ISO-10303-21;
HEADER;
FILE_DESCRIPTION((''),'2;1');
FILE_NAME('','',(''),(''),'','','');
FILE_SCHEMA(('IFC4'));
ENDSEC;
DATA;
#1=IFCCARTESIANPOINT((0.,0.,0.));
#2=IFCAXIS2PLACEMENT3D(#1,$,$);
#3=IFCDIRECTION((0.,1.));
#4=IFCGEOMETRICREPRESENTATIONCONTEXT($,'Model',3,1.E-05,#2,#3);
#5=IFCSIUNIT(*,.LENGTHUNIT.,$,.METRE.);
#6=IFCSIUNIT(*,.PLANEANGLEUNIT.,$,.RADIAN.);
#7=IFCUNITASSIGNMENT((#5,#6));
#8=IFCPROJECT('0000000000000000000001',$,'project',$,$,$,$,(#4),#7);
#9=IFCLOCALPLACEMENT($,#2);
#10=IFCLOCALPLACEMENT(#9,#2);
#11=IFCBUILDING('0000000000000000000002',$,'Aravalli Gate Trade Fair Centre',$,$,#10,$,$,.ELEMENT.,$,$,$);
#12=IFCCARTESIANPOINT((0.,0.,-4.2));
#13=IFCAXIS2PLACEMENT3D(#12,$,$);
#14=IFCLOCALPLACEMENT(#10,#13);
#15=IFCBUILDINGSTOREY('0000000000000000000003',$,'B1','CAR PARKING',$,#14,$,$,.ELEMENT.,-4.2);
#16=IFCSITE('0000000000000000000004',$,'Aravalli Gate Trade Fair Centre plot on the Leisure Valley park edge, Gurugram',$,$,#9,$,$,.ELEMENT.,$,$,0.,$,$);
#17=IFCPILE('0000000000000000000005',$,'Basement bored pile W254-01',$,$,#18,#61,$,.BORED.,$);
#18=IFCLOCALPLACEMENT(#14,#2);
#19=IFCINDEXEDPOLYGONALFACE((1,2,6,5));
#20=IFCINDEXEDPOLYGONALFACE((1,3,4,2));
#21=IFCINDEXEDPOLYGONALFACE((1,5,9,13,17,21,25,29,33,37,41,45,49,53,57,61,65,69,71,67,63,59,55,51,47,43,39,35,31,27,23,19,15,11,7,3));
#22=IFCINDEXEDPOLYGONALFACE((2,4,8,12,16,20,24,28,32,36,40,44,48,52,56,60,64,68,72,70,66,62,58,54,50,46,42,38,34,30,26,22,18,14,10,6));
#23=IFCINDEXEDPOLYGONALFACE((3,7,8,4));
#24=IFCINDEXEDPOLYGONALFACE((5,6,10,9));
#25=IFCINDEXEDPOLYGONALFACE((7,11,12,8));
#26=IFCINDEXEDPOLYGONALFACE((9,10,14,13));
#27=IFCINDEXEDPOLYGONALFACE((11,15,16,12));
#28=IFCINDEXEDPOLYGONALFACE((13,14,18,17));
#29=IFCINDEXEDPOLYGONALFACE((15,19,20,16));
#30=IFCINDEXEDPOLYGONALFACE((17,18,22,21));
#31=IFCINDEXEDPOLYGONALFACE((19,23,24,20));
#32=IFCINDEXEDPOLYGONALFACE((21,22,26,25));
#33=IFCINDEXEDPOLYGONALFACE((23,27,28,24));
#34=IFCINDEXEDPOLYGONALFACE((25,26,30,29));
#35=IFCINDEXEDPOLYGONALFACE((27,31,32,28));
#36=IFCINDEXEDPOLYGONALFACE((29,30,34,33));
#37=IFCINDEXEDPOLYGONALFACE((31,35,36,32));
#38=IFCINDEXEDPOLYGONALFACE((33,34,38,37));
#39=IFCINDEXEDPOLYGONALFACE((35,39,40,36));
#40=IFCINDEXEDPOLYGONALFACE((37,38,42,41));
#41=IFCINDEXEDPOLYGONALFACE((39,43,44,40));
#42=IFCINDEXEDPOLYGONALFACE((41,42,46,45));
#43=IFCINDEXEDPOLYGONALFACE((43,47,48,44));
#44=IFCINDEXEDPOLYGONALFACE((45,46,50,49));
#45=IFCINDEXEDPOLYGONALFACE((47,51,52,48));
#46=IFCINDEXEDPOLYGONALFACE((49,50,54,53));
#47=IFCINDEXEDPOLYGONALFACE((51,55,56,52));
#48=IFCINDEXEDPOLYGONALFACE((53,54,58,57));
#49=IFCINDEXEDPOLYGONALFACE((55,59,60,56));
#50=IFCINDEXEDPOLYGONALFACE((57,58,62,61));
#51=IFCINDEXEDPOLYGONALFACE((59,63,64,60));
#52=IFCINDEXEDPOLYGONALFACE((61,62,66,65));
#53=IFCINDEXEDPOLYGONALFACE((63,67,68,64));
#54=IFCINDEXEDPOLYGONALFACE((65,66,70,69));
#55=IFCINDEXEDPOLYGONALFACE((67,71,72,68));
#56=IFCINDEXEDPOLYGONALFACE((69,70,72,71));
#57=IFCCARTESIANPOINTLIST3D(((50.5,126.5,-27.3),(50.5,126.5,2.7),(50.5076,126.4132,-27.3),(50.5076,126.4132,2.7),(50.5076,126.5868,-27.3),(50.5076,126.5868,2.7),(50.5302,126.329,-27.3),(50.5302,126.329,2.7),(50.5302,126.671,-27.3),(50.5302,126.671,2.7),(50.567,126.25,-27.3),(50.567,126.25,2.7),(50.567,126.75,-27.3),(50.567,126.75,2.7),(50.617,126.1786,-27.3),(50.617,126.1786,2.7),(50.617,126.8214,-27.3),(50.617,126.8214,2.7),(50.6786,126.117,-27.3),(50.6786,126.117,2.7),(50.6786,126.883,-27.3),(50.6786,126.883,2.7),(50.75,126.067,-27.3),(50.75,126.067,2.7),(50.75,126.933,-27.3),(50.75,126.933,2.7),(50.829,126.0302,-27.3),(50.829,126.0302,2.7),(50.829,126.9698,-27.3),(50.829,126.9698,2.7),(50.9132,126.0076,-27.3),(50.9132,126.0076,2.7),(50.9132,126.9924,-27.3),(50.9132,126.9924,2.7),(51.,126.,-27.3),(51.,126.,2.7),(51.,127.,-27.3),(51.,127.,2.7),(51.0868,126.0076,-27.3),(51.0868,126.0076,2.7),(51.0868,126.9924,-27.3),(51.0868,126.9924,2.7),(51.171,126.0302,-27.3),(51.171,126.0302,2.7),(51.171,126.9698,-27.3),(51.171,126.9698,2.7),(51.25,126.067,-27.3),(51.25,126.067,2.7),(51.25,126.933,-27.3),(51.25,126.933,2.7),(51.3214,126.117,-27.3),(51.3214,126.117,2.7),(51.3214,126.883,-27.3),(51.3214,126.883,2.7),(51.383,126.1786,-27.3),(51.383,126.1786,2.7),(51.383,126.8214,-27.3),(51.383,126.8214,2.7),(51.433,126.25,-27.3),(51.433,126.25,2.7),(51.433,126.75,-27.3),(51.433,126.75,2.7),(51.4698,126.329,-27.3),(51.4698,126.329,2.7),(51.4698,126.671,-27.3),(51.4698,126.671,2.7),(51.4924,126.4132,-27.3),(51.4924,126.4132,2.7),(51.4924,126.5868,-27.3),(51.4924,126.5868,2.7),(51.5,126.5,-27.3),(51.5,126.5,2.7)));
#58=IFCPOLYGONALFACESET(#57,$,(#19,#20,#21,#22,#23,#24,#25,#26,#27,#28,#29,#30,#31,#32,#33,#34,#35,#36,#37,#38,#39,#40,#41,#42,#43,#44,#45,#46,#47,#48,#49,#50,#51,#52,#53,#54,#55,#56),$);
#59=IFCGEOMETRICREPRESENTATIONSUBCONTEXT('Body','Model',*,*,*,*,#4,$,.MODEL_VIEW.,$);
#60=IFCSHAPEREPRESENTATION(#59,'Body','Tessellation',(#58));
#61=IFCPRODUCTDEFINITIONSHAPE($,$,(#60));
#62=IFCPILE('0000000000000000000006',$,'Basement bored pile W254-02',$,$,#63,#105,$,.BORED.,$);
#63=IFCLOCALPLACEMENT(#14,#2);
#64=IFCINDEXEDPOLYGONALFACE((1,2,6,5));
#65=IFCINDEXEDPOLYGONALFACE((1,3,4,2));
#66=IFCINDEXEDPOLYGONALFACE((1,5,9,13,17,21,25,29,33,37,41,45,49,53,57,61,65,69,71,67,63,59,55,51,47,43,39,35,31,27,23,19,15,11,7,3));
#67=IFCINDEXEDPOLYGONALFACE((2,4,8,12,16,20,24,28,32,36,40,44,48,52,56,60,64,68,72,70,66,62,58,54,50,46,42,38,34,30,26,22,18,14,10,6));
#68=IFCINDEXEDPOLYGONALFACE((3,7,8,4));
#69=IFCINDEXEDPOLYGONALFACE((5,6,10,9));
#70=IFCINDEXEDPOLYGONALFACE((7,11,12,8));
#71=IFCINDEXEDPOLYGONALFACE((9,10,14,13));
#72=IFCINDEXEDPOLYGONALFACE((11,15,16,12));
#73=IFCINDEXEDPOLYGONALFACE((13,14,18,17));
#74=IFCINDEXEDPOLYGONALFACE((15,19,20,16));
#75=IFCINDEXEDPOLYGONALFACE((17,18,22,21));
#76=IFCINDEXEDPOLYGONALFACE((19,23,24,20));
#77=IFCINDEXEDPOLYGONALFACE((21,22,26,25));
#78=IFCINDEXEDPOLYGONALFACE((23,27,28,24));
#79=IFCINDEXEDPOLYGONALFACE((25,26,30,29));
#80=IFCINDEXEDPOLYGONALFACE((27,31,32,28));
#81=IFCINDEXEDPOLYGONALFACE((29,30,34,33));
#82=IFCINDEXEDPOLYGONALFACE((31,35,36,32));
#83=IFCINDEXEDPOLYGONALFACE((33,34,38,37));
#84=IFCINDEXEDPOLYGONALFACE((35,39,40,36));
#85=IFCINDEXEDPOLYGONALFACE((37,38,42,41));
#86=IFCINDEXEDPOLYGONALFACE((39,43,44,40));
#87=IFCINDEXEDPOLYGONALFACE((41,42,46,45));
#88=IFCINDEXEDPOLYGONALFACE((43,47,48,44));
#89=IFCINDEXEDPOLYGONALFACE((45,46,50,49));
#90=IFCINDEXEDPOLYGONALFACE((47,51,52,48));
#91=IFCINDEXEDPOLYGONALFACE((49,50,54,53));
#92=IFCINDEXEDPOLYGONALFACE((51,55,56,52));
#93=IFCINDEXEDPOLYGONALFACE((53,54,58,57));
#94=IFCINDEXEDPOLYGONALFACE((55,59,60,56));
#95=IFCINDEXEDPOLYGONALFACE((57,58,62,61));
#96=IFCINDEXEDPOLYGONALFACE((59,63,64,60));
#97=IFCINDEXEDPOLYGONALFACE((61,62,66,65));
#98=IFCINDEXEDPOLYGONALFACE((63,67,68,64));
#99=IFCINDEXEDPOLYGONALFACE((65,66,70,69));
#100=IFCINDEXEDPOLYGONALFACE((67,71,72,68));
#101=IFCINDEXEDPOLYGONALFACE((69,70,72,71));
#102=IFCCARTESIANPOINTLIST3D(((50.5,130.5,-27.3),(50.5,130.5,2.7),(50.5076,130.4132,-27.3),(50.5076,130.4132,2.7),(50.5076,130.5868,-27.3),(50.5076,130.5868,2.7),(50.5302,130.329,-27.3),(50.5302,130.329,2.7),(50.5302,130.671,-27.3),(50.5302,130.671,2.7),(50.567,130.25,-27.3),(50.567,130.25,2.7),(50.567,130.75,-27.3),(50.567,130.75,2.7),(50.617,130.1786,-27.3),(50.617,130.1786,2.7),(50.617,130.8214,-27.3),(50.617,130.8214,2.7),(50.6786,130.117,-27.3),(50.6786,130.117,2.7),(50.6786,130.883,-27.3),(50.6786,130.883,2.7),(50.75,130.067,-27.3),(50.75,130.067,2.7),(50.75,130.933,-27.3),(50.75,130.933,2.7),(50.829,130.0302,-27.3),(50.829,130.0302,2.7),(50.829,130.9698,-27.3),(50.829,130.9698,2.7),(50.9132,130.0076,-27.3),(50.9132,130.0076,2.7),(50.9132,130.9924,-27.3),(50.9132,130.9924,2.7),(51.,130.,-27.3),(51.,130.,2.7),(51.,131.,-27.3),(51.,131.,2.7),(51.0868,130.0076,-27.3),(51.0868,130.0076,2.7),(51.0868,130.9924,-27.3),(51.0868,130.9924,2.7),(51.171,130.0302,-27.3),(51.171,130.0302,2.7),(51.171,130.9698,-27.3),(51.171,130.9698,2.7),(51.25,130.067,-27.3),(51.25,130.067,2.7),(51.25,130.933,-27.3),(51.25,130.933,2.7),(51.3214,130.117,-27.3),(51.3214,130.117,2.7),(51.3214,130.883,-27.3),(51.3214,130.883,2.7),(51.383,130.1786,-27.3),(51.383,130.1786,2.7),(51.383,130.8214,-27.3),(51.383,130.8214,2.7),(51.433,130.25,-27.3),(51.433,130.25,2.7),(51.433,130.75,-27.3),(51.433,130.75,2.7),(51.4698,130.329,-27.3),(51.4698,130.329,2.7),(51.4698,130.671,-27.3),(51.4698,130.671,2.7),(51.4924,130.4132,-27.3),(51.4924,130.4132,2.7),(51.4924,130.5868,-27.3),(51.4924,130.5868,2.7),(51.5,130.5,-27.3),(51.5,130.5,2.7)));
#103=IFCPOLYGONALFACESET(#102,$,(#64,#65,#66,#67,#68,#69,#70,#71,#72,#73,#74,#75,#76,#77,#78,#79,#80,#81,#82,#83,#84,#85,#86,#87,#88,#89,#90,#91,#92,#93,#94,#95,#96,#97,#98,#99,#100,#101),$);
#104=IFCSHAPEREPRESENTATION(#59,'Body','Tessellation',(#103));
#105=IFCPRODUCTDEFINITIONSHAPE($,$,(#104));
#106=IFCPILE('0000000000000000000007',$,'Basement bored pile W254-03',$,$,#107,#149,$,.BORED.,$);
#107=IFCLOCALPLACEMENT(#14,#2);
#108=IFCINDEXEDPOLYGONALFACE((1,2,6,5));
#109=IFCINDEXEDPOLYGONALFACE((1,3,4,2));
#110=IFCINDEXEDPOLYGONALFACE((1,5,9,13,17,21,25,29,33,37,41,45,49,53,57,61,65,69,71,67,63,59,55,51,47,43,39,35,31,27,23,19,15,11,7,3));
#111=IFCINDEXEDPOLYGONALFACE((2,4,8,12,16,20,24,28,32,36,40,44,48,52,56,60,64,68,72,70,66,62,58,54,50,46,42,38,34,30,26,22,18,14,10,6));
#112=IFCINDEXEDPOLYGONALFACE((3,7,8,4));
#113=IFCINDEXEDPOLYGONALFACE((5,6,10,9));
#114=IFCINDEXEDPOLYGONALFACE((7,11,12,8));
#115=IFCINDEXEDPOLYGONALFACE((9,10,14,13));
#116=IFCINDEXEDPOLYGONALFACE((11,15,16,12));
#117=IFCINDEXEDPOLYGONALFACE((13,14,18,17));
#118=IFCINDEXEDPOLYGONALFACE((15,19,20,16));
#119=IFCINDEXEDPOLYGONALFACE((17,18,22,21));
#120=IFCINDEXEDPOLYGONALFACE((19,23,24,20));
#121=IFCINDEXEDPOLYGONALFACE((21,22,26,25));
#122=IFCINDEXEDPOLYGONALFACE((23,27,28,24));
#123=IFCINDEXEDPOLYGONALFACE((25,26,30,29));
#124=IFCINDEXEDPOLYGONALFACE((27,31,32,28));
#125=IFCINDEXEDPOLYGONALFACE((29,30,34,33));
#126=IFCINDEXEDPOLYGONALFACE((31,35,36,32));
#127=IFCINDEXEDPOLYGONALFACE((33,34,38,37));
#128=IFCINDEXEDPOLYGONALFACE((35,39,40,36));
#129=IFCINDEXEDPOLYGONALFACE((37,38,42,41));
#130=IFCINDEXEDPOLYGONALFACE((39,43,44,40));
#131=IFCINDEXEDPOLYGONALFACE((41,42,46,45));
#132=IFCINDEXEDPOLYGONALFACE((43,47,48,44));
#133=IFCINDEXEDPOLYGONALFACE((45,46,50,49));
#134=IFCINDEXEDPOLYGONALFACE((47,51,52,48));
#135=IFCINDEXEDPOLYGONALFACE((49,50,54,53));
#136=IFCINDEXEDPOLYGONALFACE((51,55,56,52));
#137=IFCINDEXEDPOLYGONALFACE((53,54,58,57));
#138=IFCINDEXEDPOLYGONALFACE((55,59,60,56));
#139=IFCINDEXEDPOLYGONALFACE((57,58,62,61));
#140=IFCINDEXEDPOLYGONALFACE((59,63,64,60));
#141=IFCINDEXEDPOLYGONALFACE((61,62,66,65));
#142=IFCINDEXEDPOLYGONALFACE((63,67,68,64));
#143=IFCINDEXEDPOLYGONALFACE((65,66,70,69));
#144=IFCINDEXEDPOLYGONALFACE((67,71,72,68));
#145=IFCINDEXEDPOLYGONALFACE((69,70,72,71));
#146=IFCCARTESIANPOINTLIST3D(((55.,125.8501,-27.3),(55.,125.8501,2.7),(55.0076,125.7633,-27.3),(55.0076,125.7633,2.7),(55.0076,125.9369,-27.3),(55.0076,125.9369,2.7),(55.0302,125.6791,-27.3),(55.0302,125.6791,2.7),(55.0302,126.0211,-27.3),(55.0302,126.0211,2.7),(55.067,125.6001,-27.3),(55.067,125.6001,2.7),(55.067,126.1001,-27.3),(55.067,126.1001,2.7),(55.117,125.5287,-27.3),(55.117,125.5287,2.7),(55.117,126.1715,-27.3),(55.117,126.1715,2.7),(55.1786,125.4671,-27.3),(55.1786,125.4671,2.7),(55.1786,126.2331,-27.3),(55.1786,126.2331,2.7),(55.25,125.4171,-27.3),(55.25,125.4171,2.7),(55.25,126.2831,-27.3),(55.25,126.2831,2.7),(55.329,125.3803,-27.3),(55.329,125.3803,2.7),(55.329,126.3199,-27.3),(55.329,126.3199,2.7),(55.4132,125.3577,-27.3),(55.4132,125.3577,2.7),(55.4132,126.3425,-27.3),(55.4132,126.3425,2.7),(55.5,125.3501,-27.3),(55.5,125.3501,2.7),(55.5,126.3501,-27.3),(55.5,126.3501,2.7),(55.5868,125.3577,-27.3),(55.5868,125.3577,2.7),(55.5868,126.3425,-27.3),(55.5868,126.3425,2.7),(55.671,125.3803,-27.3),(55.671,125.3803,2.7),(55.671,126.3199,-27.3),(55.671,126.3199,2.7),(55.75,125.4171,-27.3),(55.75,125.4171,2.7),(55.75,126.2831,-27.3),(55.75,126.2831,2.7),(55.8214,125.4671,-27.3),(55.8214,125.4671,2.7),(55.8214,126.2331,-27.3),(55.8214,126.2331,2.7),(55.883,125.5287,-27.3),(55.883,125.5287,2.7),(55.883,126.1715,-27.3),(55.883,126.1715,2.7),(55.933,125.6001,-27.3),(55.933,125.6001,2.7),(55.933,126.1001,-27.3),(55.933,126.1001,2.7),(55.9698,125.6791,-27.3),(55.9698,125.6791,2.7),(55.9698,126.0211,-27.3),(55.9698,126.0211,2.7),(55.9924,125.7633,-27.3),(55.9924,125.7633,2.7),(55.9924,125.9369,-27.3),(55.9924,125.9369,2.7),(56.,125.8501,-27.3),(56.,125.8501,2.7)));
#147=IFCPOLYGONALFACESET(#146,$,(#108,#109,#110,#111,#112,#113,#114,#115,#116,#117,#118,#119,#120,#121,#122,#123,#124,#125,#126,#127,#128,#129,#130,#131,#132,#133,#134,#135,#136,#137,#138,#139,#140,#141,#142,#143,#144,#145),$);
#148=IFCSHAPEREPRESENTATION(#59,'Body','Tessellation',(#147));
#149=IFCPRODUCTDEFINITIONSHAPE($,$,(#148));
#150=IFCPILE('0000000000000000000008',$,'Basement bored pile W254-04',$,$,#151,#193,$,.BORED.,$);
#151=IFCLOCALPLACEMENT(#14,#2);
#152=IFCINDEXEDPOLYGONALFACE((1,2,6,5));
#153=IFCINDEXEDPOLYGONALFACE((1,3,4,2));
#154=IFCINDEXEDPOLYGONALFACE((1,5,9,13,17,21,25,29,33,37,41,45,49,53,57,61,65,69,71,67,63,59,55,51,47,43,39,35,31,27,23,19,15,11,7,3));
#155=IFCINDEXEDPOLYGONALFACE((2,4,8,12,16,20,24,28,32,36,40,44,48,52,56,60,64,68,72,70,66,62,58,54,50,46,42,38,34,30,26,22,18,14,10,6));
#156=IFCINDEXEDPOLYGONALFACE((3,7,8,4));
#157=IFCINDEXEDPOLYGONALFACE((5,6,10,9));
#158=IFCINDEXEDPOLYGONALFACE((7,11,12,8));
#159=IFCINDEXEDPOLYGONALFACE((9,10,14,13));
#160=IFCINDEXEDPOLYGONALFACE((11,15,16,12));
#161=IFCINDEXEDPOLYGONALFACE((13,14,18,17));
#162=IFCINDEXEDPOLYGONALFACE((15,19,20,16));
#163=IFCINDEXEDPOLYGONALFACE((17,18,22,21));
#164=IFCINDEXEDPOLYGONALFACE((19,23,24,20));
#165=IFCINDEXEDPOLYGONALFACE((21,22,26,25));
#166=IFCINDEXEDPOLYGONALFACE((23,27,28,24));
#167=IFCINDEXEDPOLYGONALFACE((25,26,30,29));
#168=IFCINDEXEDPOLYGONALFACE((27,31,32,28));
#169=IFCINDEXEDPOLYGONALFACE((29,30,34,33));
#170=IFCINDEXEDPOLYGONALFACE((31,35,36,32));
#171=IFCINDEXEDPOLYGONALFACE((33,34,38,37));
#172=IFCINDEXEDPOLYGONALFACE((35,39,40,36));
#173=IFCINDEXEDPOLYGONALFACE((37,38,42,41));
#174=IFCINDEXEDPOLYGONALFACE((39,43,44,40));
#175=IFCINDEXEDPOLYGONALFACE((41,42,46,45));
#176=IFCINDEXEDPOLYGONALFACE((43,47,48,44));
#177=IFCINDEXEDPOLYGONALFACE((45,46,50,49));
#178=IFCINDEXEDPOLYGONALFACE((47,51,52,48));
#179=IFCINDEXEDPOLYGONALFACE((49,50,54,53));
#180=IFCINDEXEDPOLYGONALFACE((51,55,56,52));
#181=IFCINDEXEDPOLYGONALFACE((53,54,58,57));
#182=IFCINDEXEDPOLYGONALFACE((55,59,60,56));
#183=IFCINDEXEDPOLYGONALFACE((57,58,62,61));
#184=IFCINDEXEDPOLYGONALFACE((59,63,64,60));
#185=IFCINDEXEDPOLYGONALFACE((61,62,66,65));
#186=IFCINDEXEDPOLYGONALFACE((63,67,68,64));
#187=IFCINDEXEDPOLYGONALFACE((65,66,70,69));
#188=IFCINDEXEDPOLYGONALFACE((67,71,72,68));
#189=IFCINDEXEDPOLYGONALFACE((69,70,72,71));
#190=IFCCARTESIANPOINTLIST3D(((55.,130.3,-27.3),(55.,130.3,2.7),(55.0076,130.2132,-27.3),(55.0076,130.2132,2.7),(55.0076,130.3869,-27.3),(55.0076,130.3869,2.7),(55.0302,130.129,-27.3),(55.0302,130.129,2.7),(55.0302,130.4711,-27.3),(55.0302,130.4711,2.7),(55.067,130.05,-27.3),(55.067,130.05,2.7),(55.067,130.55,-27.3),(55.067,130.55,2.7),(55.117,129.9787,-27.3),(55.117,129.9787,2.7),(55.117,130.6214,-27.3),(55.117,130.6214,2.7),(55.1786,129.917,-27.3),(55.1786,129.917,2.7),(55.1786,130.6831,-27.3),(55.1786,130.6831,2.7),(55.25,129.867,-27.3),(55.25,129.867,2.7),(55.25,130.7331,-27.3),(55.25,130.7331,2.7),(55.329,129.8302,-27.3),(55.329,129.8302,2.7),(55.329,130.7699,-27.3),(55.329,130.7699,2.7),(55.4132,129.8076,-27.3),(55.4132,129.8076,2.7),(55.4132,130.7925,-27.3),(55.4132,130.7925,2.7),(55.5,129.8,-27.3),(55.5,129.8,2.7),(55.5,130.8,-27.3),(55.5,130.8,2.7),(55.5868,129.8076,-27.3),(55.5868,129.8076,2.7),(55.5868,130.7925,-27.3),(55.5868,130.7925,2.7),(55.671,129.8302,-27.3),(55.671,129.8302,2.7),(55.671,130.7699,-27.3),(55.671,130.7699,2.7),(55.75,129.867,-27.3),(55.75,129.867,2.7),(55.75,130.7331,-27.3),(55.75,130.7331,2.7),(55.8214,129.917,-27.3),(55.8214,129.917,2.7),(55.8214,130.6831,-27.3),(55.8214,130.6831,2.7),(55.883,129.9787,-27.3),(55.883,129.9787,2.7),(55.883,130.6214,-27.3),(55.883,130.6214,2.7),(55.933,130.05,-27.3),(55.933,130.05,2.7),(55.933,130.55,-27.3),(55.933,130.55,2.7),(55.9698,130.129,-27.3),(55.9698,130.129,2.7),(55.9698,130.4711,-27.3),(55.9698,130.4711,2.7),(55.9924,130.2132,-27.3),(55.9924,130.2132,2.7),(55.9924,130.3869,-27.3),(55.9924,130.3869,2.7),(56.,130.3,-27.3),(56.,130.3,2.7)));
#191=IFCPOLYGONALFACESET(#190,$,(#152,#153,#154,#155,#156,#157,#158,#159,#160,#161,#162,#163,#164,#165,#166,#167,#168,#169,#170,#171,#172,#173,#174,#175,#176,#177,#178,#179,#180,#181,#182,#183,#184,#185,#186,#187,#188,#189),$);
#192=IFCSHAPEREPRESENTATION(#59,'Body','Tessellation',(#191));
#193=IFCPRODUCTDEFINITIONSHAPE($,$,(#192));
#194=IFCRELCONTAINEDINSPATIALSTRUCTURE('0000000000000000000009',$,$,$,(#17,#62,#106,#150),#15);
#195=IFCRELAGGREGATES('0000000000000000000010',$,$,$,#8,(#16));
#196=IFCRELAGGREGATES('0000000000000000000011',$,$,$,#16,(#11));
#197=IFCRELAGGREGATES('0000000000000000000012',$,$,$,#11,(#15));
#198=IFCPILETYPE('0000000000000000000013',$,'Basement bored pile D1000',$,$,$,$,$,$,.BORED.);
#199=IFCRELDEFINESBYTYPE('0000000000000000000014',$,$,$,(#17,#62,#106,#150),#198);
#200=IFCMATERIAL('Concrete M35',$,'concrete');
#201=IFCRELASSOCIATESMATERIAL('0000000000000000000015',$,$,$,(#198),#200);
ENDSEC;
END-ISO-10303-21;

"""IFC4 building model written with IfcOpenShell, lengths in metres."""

from ifc_helpers import new_model, si_unit, direction, frame, origin, origin_2d, place, context, subcontext, project, spatial, circle, extrude, material, material_profile, profile_set, type_object, element, save


model = new_model("IFC4")

# Units and contexts
model_context = context("Model", 3, precision=1e-05, world=origin(), true_north=direction((0.0, 1.0)))
body_context = subcontext(model_context, "Body", "Model", "MODEL_VIEW")
ifc_project = project(units=[si_unit("LENGTHUNIT", "METRE"), si_unit("PLANEANGLEUNIT", "RADIAN")], contexts=[model_context])

# Site, building, storey
site_placement = place(None, origin())
site = spatial("IfcSite", under=ifc_project, at=site_placement, Name="Aravalli Gate Trade Fair Centre plot on the Leisure Valley park edge, Gurugram", CompositionType="ELEMENT", RefElevation=0.0)
building_placement = place(site_placement, origin())
building = spatial("IfcBuilding", under=site, at=building_placement, Name="Aravalli Gate Trade Fair Centre", CompositionType="ELEMENT")
storey_placement = place(building_placement, frame((0.0, 0.0, -4.2)))
storey = spatial("IfcBuildingStorey", under=building, at=storey_placement, Name="B1", Description="CAR PARKING", CompositionType="ELEMENT", Elevation=-4.2)

# Piles
ifc_material_1 = material(Name="Concrete M35", Category="concrete")
ifc_material_profile_1 = material_profile(ifc_material_1, circle(Radius=0.5, at=origin_2d()), Name="D1000")
ifc_profile_set_1 = profile_set([ifc_material_profile_1], Name="Concrete M35")
pile_type = type_object("IfcPileType", Name="Basement bored pile D1000", PredefinedType="BORED", material=ifc_profile_set_1)
for number, where, z_axis, x_axis, name in (
    (1, (51.0, 126.5, 2.7), (0.0, 0.0, -1.0), (1.0, 0.0, 0.0), "Basement bored pile W254-01"),
    (2, (51.0, 130.5, 2.7), (0.0, 0.0, -1.0), (1.0, 0.0, 0.0), "Basement bored pile W254-02"),
    (3, (55.5, 125.8501, 2.7), (0.0, 0.0, -1.0), (1.0, 0.0, 0.0), "Basement bored pile W254-03"),
    (4, (55.5, 130.3, 2.7), (0.0, 0.0, -1.0), (1.0, 0.0, 0.0), "Basement bored pile W254-04"),
):
    element("IfcPile", number, at=place(storey_placement, frame(where, z_axis=z_axis, x_axis=x_axis)), inside=storey, type_object=pile_type, Name=name, PredefinedType="BORED", context=body_context, shape_type="SweptSolid", body=[
        extrude(circle(Radius=0.5, at=origin_2d()), origin(), (0.0, 0.0, 1.0), 30.0),
    ])

save(model, "model.ifc")
